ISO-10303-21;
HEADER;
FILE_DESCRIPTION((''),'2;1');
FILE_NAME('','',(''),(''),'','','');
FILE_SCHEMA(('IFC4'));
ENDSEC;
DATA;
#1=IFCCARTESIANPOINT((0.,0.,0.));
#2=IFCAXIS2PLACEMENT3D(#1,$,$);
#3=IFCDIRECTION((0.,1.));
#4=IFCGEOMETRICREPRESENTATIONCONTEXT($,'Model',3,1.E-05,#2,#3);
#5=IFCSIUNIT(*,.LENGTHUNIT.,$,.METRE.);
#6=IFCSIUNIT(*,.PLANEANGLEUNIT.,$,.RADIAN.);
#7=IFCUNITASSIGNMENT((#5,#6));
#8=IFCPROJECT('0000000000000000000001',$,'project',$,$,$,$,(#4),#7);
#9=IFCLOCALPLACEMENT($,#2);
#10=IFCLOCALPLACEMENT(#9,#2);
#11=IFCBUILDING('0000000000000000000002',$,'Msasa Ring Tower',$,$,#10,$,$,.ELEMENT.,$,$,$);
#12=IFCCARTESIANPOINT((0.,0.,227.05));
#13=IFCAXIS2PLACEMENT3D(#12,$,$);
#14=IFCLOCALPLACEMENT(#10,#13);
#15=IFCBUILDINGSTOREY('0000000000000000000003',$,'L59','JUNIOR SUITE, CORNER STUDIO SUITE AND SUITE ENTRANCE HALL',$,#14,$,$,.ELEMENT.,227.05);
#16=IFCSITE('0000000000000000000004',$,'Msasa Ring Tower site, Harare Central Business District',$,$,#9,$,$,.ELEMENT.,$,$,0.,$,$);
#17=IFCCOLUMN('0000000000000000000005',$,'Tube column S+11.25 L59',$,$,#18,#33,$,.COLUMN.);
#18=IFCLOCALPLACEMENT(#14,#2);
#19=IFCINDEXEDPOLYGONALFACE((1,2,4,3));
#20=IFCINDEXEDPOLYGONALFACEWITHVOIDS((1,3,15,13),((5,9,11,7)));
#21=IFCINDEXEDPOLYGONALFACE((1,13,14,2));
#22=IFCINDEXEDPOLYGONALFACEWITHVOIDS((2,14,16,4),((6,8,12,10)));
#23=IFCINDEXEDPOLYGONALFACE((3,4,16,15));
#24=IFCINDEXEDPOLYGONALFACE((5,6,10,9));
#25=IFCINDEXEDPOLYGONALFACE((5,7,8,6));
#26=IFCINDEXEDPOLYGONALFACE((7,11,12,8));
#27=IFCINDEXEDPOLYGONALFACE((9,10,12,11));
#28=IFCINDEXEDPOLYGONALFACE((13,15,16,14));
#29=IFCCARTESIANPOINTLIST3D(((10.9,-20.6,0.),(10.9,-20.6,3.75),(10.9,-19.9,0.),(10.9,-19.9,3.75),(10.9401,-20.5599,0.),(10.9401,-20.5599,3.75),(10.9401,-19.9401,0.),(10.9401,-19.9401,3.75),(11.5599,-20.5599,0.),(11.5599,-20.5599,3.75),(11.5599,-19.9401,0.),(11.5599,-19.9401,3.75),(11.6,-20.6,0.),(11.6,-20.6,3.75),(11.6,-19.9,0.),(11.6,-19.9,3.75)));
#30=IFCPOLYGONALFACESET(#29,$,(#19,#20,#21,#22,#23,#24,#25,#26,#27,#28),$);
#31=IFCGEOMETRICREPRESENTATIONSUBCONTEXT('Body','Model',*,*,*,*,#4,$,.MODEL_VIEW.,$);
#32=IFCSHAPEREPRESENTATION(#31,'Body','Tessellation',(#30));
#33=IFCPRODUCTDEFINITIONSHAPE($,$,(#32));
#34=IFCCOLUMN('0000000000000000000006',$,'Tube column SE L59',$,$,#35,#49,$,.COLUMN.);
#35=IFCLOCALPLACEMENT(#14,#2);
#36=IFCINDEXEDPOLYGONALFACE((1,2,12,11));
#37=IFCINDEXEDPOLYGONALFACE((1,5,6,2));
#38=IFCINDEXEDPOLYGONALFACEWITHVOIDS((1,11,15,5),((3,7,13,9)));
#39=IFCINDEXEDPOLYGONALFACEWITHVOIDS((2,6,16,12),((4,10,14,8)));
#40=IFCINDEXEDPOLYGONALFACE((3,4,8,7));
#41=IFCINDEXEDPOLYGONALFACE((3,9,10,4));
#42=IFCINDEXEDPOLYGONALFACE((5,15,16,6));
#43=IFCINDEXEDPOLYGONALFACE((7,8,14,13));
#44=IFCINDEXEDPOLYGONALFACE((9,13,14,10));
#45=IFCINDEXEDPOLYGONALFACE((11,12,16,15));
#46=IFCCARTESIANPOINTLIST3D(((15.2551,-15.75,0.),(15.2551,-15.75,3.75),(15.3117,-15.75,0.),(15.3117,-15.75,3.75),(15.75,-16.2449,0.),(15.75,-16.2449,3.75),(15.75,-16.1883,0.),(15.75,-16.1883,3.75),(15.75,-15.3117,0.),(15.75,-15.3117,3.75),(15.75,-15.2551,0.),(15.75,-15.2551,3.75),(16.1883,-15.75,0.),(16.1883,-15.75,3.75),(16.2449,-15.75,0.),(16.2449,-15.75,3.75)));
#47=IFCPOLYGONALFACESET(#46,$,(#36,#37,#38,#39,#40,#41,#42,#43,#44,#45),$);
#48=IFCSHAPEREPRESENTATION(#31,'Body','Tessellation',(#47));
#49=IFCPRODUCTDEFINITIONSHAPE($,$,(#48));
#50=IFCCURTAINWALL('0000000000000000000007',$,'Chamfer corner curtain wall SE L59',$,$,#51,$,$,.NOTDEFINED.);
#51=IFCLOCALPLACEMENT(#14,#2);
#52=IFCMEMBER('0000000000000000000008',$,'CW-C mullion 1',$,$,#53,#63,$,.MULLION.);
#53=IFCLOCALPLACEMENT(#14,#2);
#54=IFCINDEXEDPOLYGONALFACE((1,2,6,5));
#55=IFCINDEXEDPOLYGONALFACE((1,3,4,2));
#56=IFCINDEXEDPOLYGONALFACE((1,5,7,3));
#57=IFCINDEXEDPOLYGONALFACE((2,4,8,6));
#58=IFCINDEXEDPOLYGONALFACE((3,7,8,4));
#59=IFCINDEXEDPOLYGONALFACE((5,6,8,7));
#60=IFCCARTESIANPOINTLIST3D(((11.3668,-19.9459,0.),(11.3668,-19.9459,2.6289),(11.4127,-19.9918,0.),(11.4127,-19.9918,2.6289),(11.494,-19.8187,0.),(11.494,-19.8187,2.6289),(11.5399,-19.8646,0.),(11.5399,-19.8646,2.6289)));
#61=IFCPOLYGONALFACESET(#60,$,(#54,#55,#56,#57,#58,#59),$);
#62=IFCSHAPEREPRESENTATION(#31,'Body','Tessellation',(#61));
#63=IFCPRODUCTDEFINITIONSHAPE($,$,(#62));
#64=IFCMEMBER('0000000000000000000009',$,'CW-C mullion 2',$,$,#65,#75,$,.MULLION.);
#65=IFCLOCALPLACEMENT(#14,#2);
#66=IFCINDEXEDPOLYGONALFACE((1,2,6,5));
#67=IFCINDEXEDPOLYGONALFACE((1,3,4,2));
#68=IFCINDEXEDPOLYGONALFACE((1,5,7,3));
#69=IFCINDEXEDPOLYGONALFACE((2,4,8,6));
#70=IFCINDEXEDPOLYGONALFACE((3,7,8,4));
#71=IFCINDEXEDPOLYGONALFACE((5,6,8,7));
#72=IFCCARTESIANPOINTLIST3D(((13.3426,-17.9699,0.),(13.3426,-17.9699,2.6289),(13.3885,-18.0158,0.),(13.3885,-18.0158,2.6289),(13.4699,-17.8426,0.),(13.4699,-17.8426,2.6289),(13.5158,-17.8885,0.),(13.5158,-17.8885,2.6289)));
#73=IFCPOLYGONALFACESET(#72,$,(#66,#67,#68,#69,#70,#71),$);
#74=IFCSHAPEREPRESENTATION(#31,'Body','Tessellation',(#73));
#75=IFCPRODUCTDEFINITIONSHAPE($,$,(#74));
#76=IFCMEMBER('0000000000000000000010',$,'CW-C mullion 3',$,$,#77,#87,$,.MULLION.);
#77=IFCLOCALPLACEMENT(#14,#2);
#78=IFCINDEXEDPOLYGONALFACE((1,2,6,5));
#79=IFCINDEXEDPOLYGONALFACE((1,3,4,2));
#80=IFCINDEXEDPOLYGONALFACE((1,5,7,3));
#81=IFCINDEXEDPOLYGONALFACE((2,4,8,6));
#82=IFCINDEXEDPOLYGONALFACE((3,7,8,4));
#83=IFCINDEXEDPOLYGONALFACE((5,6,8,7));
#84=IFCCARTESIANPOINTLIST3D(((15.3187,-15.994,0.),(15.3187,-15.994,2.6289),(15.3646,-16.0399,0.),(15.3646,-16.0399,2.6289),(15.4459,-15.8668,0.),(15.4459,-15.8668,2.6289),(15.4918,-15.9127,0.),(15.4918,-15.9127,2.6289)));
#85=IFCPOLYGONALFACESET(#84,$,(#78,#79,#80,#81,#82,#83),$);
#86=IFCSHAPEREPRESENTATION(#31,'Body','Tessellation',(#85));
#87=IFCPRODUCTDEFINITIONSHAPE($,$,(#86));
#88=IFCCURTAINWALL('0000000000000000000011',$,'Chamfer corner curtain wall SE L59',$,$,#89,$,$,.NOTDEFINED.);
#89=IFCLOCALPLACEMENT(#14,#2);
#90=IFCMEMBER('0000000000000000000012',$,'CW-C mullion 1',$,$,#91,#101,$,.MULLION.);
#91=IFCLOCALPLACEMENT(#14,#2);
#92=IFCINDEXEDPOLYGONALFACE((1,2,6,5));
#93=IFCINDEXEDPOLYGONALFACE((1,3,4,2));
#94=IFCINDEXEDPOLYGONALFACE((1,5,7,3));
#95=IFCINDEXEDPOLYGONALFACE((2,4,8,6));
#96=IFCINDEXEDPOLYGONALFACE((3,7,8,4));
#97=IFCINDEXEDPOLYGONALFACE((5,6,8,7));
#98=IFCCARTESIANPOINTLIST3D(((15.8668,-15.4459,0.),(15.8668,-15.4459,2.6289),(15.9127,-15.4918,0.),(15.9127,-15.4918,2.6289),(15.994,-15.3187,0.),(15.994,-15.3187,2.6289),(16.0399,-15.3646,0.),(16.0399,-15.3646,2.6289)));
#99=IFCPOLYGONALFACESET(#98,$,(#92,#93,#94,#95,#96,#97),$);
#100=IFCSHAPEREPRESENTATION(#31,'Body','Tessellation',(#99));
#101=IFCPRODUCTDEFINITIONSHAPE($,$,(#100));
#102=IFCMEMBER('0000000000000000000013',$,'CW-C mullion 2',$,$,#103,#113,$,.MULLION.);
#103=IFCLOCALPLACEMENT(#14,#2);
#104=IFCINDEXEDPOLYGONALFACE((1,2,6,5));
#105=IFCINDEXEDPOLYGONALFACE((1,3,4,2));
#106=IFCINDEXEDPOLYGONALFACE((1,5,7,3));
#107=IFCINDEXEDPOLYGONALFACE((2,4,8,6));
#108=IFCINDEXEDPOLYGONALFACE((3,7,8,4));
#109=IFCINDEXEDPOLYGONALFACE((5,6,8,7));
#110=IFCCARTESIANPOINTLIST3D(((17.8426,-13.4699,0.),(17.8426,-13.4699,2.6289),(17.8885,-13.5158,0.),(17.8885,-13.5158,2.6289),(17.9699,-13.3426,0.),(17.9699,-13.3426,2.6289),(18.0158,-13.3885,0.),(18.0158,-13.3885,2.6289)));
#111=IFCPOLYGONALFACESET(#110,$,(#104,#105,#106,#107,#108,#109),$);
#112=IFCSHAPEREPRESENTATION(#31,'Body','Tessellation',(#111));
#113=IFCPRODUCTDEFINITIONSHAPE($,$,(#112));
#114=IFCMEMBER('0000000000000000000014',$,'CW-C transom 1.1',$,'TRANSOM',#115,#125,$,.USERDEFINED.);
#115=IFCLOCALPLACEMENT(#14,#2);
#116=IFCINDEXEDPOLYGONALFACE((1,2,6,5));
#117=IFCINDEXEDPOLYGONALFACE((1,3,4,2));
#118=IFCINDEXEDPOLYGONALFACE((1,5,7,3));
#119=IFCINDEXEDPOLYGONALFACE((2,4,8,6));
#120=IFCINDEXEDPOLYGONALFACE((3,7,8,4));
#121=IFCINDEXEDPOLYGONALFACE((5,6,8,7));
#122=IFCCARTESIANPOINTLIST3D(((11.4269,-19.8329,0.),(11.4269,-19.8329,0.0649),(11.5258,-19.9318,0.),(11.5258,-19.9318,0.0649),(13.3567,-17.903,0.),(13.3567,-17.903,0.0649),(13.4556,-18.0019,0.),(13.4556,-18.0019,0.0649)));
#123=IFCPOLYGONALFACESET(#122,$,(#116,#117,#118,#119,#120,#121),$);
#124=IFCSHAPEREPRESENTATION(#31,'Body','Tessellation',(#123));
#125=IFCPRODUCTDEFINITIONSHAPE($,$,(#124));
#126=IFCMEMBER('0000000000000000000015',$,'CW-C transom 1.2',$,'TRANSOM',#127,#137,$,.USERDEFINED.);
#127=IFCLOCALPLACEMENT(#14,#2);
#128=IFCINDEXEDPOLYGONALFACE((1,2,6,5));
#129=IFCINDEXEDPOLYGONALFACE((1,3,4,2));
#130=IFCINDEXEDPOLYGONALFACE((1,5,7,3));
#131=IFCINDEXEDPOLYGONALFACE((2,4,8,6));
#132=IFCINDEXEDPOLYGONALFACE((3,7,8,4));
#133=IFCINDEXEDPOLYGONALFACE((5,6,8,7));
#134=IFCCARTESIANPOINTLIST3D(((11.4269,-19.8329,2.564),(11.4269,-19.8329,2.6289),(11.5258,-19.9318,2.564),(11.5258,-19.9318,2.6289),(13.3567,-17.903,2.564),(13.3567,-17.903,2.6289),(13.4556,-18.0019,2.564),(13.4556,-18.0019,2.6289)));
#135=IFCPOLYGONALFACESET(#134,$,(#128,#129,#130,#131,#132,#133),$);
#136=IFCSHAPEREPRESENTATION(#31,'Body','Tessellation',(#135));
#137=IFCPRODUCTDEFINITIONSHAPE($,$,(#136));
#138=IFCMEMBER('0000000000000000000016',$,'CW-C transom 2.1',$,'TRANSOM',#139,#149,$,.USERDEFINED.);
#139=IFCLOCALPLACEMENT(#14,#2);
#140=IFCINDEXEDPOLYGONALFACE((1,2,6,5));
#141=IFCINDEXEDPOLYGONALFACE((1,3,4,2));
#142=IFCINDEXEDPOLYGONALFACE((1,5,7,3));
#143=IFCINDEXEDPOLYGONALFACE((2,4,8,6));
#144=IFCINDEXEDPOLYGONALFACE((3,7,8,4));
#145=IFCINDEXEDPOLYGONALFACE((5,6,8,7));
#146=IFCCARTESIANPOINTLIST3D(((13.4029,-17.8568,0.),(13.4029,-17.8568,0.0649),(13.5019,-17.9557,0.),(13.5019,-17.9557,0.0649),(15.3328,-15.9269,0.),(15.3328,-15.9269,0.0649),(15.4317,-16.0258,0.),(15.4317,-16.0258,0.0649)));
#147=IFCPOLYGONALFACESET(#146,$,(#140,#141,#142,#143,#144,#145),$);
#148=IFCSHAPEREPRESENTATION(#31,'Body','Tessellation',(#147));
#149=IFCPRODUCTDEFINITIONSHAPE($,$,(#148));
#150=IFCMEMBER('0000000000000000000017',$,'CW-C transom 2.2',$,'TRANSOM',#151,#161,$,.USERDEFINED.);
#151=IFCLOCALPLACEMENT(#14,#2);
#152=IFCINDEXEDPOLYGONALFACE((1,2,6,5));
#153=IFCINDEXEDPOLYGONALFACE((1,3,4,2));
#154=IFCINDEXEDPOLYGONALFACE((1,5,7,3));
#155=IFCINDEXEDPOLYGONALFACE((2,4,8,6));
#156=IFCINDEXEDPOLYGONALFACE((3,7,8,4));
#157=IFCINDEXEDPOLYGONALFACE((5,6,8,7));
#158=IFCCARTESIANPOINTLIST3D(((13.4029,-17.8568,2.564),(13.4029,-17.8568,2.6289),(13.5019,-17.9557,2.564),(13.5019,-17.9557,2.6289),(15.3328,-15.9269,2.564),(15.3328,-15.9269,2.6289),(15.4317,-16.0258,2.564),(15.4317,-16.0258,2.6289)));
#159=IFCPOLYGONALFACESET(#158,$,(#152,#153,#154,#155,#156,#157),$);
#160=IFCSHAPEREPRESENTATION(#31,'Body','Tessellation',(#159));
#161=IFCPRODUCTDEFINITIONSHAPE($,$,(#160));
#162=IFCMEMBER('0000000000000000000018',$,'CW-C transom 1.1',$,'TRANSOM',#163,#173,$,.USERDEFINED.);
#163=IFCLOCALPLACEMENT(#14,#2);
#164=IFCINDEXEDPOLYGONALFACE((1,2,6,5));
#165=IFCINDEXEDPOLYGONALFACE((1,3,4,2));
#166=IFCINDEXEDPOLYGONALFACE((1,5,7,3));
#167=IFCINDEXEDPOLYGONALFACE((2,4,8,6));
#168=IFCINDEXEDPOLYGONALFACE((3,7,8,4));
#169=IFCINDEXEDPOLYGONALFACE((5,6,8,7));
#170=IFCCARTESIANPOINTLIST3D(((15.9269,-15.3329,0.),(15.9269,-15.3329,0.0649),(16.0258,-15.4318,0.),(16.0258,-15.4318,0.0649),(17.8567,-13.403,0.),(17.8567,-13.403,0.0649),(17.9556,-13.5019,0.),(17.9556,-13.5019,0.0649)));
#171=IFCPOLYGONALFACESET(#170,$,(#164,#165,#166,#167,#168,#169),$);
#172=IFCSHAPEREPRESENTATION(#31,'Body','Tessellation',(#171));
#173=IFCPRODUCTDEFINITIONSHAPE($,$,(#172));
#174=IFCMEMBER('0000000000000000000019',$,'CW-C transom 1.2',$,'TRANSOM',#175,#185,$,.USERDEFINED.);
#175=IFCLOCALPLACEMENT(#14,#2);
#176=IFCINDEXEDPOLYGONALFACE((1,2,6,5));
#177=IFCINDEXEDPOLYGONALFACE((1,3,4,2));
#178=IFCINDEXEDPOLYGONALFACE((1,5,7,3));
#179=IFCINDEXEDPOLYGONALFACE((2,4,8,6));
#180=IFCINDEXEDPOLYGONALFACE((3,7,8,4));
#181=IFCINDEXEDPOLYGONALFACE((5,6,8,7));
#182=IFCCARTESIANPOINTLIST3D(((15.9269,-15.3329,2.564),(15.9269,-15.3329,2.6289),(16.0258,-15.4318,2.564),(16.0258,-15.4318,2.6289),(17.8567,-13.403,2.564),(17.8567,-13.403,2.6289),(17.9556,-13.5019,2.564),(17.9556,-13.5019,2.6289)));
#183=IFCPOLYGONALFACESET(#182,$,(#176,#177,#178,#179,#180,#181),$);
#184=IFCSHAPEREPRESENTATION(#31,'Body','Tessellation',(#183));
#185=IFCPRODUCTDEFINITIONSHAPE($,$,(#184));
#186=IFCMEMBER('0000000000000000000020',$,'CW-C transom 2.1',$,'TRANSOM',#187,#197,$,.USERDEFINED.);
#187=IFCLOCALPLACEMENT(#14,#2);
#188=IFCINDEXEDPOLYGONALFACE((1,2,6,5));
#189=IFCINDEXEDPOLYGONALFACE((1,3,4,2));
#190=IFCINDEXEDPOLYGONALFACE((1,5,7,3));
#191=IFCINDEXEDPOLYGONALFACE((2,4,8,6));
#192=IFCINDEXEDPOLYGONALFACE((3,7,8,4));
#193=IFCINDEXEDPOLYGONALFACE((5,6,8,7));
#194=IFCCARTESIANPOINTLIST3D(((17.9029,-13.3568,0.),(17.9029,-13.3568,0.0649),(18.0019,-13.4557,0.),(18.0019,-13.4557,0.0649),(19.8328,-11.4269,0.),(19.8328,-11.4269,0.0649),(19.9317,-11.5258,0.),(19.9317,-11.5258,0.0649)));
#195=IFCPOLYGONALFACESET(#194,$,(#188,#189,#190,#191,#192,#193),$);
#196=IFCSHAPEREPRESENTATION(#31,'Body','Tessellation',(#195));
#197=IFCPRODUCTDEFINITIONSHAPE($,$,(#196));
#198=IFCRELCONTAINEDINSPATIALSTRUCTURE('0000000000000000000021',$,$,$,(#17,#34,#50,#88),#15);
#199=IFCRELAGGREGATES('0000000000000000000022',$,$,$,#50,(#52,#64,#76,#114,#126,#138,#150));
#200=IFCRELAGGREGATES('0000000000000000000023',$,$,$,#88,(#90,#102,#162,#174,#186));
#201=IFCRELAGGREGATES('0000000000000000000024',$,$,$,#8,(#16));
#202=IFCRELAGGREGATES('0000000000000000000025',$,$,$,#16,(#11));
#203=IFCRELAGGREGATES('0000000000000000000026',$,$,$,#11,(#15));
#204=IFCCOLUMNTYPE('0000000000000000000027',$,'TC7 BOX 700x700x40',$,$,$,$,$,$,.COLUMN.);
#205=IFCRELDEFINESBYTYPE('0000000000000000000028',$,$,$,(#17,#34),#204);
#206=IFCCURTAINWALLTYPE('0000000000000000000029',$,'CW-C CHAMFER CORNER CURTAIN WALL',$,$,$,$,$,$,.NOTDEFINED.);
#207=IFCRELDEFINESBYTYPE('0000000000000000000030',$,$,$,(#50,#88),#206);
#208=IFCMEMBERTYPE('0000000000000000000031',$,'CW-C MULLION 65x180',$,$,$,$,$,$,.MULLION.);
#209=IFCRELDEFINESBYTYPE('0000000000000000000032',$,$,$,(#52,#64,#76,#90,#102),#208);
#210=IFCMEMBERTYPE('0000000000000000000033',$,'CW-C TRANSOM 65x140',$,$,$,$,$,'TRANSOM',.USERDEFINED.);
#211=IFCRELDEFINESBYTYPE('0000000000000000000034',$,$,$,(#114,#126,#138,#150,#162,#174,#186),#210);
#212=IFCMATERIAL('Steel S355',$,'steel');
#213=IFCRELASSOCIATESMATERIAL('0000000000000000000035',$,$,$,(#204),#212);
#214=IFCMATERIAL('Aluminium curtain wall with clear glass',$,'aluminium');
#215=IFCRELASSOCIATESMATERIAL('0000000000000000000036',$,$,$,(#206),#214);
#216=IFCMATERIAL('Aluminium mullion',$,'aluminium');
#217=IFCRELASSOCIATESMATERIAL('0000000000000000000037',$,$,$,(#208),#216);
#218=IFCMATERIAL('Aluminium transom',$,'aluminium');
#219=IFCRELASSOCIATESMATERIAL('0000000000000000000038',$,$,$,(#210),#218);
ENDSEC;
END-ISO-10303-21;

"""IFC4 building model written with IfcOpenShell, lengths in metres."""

from ifc_helpers import new_model, si_unit, direction, frame, origin, origin_2d, place, context, subcontext, project, spatial, rectangle, hollow_rectangle, extrude, material, material_profile, profile_set, type_object, element, aggregate, save


model = new_model("IFC4")

# Units and contexts
model_context = context("Model", 3, precision=1e-05, world=origin(), true_north=direction((0.0, 1.0)))
body_context = subcontext(model_context, "Body", "Model", "MODEL_VIEW")
ifc_project = project(units=[si_unit("LENGTHUNIT", "METRE"), si_unit("PLANEANGLEUNIT", "RADIAN")], contexts=[model_context])

# Site, building, storey
site_placement = place(None, origin())
site = spatial("IfcSite", under=ifc_project, at=site_placement, Name="Msasa Ring Tower site, Harare Central Business District", CompositionType="ELEMENT", RefElevation=0.0)
building_placement = place(site_placement, origin())
building = spatial("IfcBuilding", under=site, at=building_placement, Name="Msasa Ring Tower", CompositionType="ELEMENT")
storey_placement = place(building_placement, frame((0.0, 0.0, 227.05)))
storey = spatial("IfcBuildingStorey", under=building, at=storey_placement, Name="L59", Description="JUNIOR SUITE, CORNER STUDIO SUITE AND SUITE ENTRANCE HALL", CompositionType="ELEMENT", Elevation=227.05)

# Columns
ifc_material_1 = material(Name="Steel S355", Category="steel")
ifc_material_profile_1 = material_profile(ifc_material_1, hollow_rectangle(XDim=0.7, YDim=0.7, WallThickness=0.04, at=origin_2d()), Name="BOX 700x700x40")
ifc_profile_set_1 = profile_set([ifc_material_profile_1], Name="Steel S355")
column_type = type_object("IfcColumnType", Name="TC7 BOX 700x700x40", PredefinedType="COLUMN", material=ifc_profile_set_1)
for number, where, z_axis, x_axis, name in (
    (1, (11.25, -20.25, 0.0), (0.0, 0.0, 1.0), (0.0, 1.0, 0.0), "Tube column S+11.25 L59"),
    (2, (15.75, -15.75, 0.0), (0.0, 0.0, 1.0), (0.707107, -0.707107, 0.0), "Tube column SE L59"),
):
    element("IfcColumn", number, at=place(storey_placement, frame(where, z_axis=z_axis, x_axis=x_axis)), inside=storey, type_object=column_type, Name=name, PredefinedType="COLUMN", context=body_context, shape_type="SweptSolid", body=[
        extrude(hollow_rectangle(XDim=0.7, YDim=0.7, WallThickness=0.04, at=origin_2d()), origin(), (0.0, 0.0, 1.0), 3.75),
    ])

# Curtain walls, members
ifc_material_2 = material(Name="Aluminium curtain wall with clear glass", Category="aluminium")
curtain_wall_type = type_object("IfcCurtainWallType", Name="CW-C CHAMFER CORNER CURTAIN WALL", PredefinedType="NOTDEFINED", material=ifc_material_2)
curtain_wall_1_placement = place(storey_placement, origin())
curtain_wall_1 = element("IfcCurtainWall", 3, at=curtain_wall_1_placement, inside=storey, type_object=curtain_wall_type, Name="Chamfer corner curtain wall SE L59", PredefinedType="NOTDEFINED")
ifc_material_3 = material(Name="Aluminium mullion", Category="aluminium")
ifc_material_profile_2 = material_profile(ifc_material_3, rectangle(XDim=0.0649, YDim=0.1799, at=origin_2d()), Name="AL 65x180")
ifc_profile_set_2 = profile_set([ifc_material_profile_2], Name="Aluminium mullion")
member_type_1 = type_object("IfcMemberType", Name="CW-C MULLION 65x180", PredefinedType="MULLION", material=ifc_profile_set_2)
member_1_placement = place(storey_placement, frame((11.4534, -19.9053, 0.0), z_axis=(0.0, 0.0, 1.0), x_axis=(-0.707107, 0.707107, 0.0)))
member_1 = element("IfcMember", 4, at=member_1_placement, type_object=member_type_1, Name="CW-C mullion 1", PredefinedType="MULLION", context=body_context, shape_type="SweptSolid", body=[
    extrude(rectangle(XDim=0.0649, YDim=0.1799, at=origin_2d()), origin(), (0.0, 0.0, 1.0), 2.6289),
])
member_2_placement = place(storey_placement, frame((13.4292, -17.9292, 0.0), z_axis=(0.0, 0.0, 1.0), x_axis=(-0.707107, 0.707107, 0.0)))
member_2 = element("IfcMember", 5, at=member_2_placement, type_object=member_type_1, Name="CW-C mullion 2", PredefinedType="MULLION", context=body_context, shape_type="SweptSolid", body=[
    extrude(rectangle(XDim=0.0649, YDim=0.1799, at=origin_2d()), origin(), (0.0, 0.0, 1.0), 2.6289),
])
member_3_placement = place(storey_placement, frame((15.4053, -15.9534, 0.0), z_axis=(0.0, 0.0, 1.0), x_axis=(-0.707107, 0.707107, 0.0)))
member_3 = element("IfcMember", 6, at=member_3_placement, type_object=member_type_1, Name="CW-C mullion 3", PredefinedType="MULLION", context=body_context, shape_type="SweptSolid", body=[
    extrude(rectangle(XDim=0.0649, YDim=0.1799, at=origin_2d()), origin(), (0.0, 0.0, 1.0), 2.6289),
])
curtain_wall_2_placement = place(storey_placement, origin())
curtain_wall_2 = element("IfcCurtainWall", 7, at=curtain_wall_2_placement, inside=storey, type_object=curtain_wall_type, Name="Chamfer corner curtain wall SE L59", PredefinedType="NOTDEFINED")
member_4_placement = place(storey_placement, frame((15.9534, -15.4053, 0.0), z_axis=(0.0, 0.0, 1.0), x_axis=(-0.707107, 0.707107, 0.0)))
member_4 = element("IfcMember", 8, at=member_4_placement, type_object=member_type_1, Name="CW-C mullion 1", PredefinedType="MULLION", context=body_context, shape_type="SweptSolid", body=[
    extrude(rectangle(XDim=0.0649, YDim=0.1799, at=origin_2d()), origin(), (0.0, 0.0, 1.0), 2.6289),
])
member_5_placement = place(storey_placement, frame((17.9292, -13.4292, 0.0), z_axis=(0.0, 0.0, 1.0), x_axis=(-0.707107, 0.707107, 0.0)))
member_5 = element("IfcMember", 9, at=member_5_placement, type_object=member_type_1, Name="CW-C mullion 2", PredefinedType="MULLION", context=body_context, shape_type="SweptSolid", body=[
    extrude(rectangle(XDim=0.0649, YDim=0.1799, at=origin_2d()), origin(), (0.0, 0.0, 1.0), 2.6289),
])

# Members
ifc_material_4 = material(Name="Aluminium transom", Category="aluminium")
ifc_material_profile_3 = material_profile(ifc_material_4, rectangle(XDim=0.1399, YDim=0.0649, at=origin_2d()), Name="AL 65x140")
ifc_profile_set_3 = profile_set([ifc_material_profile_3], Name="Aluminium transom")
member_type_2 = type_object("IfcMemberType", Name="CW-C TRANSOM 65x140", ElementType="TRANSOM", PredefinedType="USERDEFINED", material=ifc_profile_set_3)
member_6_placement = place(storey_placement, frame((11.4763, -19.8823, 0.0325), z_axis=(0.707107, 0.707107, 0.0), x_axis=(-0.707107, 0.707107, 0.0)))
member_6 = element("IfcMember", 10, at=member_6_placement, type_object=member_type_2, Name="CW-C transom 1.1", ObjectType="TRANSOM", PredefinedType="USERDEFINED", context=body_context, shape_type="SweptSolid", body=[
    extrude(rectangle(XDim=0.1399, YDim=0.0649, at=origin_2d()), origin(), (0.0, 0.0, 1.0), 2.7292),
])
member_7_placement = place(storey_placement, frame((11.4763, -19.8823, 2.5964), z_axis=(0.707107, 0.707107, 0.0), x_axis=(-0.707107, 0.707107, 0.0)))
member_7 = element("IfcMember", 11, at=member_7_placement, type_object=member_type_2, Name="CW-C transom 1.2", ObjectType="TRANSOM", PredefinedType="USERDEFINED", context=body_context, shape_type="SweptSolid", body=[
    extrude(rectangle(XDim=0.1399, YDim=0.0649, at=origin_2d()), origin(), (0.0, 0.0, 1.0), 2.7292),
])
member_8_placement = place(storey_placement, frame((13.4524, -17.9062, 0.0325), z_axis=(0.707107, 0.707107, 0.0), x_axis=(-0.707107, 0.707107, 0.0)))
member_8 = element("IfcMember", 12, at=member_8_placement, type_object=member_type_2, Name="CW-C transom 2.1", ObjectType="TRANSOM", PredefinedType="USERDEFINED", context=body_context, shape_type="SweptSolid", body=[
    extrude(rectangle(XDim=0.1399, YDim=0.0649, at=origin_2d()), origin(), (0.0, 0.0, 1.0), 2.7292),
])
member_9_placement = place(storey_placement, frame((13.4524, -17.9062, 2.5964), z_axis=(0.707107, 0.707107, 0.0), x_axis=(-0.707107, 0.707107, 0.0)))
member_9 = element("IfcMember", 13, at=member_9_placement, type_object=member_type_2, Name="CW-C transom 2.2", ObjectType="TRANSOM", PredefinedType="USERDEFINED", context=body_context, shape_type="SweptSolid", body=[
    extrude(rectangle(XDim=0.1399, YDim=0.0649, at=origin_2d()), origin(), (0.0, 0.0, 1.0), 2.7292),
])
member_10_placement = place(storey_placement, frame((15.9763, -15.3823, 0.0325), z_axis=(0.707107, 0.707107, 0.0), x_axis=(-0.707107, 0.707107, 0.0)))
member_10 = element("IfcMember", 14, at=member_10_placement, type_object=member_type_2, Name="CW-C transom 1.1", ObjectType="TRANSOM", PredefinedType="USERDEFINED", context=body_context, shape_type="SweptSolid", body=[
    extrude(rectangle(XDim=0.1399, YDim=0.0649, at=origin_2d()), origin(), (0.0, 0.0, 1.0), 2.7292),
])
member_11_placement = place(storey_placement, frame((15.9763, -15.3823, 2.5964), z_axis=(0.707107, 0.707107, 0.0), x_axis=(-0.707107, 0.707107, 0.0)))
member_11 = element("IfcMember", 15, at=member_11_placement, type_object=member_type_2, Name="CW-C transom 1.2", ObjectType="TRANSOM", PredefinedType="USERDEFINED", context=body_context, shape_type="SweptSolid", body=[
    extrude(rectangle(XDim=0.1399, YDim=0.0649, at=origin_2d()), origin(), (0.0, 0.0, 1.0), 2.7292),
])
member_12_placement = place(storey_placement, frame((17.9524, -13.4062, 0.0325), z_axis=(0.707107, 0.707107, 0.0), x_axis=(-0.707107, 0.707107, 0.0)))
member_12 = element("IfcMember", 16, at=member_12_placement, type_object=member_type_2, Name="CW-C transom 2.1", ObjectType="TRANSOM", PredefinedType="USERDEFINED", context=body_context, shape_type="SweptSolid", body=[
    extrude(rectangle(XDim=0.1399, YDim=0.0649, at=origin_2d()), origin(), (0.0, 0.0, 1.0), 2.7292),
])

aggregate(curtain_wall_1, [member_1, member_2, member_3, member_6, member_7, member_8, member_9])
aggregate(curtain_wall_2, [member_4, member_5, member_10, member_11, member_12])

save(model, "model.ifc")
